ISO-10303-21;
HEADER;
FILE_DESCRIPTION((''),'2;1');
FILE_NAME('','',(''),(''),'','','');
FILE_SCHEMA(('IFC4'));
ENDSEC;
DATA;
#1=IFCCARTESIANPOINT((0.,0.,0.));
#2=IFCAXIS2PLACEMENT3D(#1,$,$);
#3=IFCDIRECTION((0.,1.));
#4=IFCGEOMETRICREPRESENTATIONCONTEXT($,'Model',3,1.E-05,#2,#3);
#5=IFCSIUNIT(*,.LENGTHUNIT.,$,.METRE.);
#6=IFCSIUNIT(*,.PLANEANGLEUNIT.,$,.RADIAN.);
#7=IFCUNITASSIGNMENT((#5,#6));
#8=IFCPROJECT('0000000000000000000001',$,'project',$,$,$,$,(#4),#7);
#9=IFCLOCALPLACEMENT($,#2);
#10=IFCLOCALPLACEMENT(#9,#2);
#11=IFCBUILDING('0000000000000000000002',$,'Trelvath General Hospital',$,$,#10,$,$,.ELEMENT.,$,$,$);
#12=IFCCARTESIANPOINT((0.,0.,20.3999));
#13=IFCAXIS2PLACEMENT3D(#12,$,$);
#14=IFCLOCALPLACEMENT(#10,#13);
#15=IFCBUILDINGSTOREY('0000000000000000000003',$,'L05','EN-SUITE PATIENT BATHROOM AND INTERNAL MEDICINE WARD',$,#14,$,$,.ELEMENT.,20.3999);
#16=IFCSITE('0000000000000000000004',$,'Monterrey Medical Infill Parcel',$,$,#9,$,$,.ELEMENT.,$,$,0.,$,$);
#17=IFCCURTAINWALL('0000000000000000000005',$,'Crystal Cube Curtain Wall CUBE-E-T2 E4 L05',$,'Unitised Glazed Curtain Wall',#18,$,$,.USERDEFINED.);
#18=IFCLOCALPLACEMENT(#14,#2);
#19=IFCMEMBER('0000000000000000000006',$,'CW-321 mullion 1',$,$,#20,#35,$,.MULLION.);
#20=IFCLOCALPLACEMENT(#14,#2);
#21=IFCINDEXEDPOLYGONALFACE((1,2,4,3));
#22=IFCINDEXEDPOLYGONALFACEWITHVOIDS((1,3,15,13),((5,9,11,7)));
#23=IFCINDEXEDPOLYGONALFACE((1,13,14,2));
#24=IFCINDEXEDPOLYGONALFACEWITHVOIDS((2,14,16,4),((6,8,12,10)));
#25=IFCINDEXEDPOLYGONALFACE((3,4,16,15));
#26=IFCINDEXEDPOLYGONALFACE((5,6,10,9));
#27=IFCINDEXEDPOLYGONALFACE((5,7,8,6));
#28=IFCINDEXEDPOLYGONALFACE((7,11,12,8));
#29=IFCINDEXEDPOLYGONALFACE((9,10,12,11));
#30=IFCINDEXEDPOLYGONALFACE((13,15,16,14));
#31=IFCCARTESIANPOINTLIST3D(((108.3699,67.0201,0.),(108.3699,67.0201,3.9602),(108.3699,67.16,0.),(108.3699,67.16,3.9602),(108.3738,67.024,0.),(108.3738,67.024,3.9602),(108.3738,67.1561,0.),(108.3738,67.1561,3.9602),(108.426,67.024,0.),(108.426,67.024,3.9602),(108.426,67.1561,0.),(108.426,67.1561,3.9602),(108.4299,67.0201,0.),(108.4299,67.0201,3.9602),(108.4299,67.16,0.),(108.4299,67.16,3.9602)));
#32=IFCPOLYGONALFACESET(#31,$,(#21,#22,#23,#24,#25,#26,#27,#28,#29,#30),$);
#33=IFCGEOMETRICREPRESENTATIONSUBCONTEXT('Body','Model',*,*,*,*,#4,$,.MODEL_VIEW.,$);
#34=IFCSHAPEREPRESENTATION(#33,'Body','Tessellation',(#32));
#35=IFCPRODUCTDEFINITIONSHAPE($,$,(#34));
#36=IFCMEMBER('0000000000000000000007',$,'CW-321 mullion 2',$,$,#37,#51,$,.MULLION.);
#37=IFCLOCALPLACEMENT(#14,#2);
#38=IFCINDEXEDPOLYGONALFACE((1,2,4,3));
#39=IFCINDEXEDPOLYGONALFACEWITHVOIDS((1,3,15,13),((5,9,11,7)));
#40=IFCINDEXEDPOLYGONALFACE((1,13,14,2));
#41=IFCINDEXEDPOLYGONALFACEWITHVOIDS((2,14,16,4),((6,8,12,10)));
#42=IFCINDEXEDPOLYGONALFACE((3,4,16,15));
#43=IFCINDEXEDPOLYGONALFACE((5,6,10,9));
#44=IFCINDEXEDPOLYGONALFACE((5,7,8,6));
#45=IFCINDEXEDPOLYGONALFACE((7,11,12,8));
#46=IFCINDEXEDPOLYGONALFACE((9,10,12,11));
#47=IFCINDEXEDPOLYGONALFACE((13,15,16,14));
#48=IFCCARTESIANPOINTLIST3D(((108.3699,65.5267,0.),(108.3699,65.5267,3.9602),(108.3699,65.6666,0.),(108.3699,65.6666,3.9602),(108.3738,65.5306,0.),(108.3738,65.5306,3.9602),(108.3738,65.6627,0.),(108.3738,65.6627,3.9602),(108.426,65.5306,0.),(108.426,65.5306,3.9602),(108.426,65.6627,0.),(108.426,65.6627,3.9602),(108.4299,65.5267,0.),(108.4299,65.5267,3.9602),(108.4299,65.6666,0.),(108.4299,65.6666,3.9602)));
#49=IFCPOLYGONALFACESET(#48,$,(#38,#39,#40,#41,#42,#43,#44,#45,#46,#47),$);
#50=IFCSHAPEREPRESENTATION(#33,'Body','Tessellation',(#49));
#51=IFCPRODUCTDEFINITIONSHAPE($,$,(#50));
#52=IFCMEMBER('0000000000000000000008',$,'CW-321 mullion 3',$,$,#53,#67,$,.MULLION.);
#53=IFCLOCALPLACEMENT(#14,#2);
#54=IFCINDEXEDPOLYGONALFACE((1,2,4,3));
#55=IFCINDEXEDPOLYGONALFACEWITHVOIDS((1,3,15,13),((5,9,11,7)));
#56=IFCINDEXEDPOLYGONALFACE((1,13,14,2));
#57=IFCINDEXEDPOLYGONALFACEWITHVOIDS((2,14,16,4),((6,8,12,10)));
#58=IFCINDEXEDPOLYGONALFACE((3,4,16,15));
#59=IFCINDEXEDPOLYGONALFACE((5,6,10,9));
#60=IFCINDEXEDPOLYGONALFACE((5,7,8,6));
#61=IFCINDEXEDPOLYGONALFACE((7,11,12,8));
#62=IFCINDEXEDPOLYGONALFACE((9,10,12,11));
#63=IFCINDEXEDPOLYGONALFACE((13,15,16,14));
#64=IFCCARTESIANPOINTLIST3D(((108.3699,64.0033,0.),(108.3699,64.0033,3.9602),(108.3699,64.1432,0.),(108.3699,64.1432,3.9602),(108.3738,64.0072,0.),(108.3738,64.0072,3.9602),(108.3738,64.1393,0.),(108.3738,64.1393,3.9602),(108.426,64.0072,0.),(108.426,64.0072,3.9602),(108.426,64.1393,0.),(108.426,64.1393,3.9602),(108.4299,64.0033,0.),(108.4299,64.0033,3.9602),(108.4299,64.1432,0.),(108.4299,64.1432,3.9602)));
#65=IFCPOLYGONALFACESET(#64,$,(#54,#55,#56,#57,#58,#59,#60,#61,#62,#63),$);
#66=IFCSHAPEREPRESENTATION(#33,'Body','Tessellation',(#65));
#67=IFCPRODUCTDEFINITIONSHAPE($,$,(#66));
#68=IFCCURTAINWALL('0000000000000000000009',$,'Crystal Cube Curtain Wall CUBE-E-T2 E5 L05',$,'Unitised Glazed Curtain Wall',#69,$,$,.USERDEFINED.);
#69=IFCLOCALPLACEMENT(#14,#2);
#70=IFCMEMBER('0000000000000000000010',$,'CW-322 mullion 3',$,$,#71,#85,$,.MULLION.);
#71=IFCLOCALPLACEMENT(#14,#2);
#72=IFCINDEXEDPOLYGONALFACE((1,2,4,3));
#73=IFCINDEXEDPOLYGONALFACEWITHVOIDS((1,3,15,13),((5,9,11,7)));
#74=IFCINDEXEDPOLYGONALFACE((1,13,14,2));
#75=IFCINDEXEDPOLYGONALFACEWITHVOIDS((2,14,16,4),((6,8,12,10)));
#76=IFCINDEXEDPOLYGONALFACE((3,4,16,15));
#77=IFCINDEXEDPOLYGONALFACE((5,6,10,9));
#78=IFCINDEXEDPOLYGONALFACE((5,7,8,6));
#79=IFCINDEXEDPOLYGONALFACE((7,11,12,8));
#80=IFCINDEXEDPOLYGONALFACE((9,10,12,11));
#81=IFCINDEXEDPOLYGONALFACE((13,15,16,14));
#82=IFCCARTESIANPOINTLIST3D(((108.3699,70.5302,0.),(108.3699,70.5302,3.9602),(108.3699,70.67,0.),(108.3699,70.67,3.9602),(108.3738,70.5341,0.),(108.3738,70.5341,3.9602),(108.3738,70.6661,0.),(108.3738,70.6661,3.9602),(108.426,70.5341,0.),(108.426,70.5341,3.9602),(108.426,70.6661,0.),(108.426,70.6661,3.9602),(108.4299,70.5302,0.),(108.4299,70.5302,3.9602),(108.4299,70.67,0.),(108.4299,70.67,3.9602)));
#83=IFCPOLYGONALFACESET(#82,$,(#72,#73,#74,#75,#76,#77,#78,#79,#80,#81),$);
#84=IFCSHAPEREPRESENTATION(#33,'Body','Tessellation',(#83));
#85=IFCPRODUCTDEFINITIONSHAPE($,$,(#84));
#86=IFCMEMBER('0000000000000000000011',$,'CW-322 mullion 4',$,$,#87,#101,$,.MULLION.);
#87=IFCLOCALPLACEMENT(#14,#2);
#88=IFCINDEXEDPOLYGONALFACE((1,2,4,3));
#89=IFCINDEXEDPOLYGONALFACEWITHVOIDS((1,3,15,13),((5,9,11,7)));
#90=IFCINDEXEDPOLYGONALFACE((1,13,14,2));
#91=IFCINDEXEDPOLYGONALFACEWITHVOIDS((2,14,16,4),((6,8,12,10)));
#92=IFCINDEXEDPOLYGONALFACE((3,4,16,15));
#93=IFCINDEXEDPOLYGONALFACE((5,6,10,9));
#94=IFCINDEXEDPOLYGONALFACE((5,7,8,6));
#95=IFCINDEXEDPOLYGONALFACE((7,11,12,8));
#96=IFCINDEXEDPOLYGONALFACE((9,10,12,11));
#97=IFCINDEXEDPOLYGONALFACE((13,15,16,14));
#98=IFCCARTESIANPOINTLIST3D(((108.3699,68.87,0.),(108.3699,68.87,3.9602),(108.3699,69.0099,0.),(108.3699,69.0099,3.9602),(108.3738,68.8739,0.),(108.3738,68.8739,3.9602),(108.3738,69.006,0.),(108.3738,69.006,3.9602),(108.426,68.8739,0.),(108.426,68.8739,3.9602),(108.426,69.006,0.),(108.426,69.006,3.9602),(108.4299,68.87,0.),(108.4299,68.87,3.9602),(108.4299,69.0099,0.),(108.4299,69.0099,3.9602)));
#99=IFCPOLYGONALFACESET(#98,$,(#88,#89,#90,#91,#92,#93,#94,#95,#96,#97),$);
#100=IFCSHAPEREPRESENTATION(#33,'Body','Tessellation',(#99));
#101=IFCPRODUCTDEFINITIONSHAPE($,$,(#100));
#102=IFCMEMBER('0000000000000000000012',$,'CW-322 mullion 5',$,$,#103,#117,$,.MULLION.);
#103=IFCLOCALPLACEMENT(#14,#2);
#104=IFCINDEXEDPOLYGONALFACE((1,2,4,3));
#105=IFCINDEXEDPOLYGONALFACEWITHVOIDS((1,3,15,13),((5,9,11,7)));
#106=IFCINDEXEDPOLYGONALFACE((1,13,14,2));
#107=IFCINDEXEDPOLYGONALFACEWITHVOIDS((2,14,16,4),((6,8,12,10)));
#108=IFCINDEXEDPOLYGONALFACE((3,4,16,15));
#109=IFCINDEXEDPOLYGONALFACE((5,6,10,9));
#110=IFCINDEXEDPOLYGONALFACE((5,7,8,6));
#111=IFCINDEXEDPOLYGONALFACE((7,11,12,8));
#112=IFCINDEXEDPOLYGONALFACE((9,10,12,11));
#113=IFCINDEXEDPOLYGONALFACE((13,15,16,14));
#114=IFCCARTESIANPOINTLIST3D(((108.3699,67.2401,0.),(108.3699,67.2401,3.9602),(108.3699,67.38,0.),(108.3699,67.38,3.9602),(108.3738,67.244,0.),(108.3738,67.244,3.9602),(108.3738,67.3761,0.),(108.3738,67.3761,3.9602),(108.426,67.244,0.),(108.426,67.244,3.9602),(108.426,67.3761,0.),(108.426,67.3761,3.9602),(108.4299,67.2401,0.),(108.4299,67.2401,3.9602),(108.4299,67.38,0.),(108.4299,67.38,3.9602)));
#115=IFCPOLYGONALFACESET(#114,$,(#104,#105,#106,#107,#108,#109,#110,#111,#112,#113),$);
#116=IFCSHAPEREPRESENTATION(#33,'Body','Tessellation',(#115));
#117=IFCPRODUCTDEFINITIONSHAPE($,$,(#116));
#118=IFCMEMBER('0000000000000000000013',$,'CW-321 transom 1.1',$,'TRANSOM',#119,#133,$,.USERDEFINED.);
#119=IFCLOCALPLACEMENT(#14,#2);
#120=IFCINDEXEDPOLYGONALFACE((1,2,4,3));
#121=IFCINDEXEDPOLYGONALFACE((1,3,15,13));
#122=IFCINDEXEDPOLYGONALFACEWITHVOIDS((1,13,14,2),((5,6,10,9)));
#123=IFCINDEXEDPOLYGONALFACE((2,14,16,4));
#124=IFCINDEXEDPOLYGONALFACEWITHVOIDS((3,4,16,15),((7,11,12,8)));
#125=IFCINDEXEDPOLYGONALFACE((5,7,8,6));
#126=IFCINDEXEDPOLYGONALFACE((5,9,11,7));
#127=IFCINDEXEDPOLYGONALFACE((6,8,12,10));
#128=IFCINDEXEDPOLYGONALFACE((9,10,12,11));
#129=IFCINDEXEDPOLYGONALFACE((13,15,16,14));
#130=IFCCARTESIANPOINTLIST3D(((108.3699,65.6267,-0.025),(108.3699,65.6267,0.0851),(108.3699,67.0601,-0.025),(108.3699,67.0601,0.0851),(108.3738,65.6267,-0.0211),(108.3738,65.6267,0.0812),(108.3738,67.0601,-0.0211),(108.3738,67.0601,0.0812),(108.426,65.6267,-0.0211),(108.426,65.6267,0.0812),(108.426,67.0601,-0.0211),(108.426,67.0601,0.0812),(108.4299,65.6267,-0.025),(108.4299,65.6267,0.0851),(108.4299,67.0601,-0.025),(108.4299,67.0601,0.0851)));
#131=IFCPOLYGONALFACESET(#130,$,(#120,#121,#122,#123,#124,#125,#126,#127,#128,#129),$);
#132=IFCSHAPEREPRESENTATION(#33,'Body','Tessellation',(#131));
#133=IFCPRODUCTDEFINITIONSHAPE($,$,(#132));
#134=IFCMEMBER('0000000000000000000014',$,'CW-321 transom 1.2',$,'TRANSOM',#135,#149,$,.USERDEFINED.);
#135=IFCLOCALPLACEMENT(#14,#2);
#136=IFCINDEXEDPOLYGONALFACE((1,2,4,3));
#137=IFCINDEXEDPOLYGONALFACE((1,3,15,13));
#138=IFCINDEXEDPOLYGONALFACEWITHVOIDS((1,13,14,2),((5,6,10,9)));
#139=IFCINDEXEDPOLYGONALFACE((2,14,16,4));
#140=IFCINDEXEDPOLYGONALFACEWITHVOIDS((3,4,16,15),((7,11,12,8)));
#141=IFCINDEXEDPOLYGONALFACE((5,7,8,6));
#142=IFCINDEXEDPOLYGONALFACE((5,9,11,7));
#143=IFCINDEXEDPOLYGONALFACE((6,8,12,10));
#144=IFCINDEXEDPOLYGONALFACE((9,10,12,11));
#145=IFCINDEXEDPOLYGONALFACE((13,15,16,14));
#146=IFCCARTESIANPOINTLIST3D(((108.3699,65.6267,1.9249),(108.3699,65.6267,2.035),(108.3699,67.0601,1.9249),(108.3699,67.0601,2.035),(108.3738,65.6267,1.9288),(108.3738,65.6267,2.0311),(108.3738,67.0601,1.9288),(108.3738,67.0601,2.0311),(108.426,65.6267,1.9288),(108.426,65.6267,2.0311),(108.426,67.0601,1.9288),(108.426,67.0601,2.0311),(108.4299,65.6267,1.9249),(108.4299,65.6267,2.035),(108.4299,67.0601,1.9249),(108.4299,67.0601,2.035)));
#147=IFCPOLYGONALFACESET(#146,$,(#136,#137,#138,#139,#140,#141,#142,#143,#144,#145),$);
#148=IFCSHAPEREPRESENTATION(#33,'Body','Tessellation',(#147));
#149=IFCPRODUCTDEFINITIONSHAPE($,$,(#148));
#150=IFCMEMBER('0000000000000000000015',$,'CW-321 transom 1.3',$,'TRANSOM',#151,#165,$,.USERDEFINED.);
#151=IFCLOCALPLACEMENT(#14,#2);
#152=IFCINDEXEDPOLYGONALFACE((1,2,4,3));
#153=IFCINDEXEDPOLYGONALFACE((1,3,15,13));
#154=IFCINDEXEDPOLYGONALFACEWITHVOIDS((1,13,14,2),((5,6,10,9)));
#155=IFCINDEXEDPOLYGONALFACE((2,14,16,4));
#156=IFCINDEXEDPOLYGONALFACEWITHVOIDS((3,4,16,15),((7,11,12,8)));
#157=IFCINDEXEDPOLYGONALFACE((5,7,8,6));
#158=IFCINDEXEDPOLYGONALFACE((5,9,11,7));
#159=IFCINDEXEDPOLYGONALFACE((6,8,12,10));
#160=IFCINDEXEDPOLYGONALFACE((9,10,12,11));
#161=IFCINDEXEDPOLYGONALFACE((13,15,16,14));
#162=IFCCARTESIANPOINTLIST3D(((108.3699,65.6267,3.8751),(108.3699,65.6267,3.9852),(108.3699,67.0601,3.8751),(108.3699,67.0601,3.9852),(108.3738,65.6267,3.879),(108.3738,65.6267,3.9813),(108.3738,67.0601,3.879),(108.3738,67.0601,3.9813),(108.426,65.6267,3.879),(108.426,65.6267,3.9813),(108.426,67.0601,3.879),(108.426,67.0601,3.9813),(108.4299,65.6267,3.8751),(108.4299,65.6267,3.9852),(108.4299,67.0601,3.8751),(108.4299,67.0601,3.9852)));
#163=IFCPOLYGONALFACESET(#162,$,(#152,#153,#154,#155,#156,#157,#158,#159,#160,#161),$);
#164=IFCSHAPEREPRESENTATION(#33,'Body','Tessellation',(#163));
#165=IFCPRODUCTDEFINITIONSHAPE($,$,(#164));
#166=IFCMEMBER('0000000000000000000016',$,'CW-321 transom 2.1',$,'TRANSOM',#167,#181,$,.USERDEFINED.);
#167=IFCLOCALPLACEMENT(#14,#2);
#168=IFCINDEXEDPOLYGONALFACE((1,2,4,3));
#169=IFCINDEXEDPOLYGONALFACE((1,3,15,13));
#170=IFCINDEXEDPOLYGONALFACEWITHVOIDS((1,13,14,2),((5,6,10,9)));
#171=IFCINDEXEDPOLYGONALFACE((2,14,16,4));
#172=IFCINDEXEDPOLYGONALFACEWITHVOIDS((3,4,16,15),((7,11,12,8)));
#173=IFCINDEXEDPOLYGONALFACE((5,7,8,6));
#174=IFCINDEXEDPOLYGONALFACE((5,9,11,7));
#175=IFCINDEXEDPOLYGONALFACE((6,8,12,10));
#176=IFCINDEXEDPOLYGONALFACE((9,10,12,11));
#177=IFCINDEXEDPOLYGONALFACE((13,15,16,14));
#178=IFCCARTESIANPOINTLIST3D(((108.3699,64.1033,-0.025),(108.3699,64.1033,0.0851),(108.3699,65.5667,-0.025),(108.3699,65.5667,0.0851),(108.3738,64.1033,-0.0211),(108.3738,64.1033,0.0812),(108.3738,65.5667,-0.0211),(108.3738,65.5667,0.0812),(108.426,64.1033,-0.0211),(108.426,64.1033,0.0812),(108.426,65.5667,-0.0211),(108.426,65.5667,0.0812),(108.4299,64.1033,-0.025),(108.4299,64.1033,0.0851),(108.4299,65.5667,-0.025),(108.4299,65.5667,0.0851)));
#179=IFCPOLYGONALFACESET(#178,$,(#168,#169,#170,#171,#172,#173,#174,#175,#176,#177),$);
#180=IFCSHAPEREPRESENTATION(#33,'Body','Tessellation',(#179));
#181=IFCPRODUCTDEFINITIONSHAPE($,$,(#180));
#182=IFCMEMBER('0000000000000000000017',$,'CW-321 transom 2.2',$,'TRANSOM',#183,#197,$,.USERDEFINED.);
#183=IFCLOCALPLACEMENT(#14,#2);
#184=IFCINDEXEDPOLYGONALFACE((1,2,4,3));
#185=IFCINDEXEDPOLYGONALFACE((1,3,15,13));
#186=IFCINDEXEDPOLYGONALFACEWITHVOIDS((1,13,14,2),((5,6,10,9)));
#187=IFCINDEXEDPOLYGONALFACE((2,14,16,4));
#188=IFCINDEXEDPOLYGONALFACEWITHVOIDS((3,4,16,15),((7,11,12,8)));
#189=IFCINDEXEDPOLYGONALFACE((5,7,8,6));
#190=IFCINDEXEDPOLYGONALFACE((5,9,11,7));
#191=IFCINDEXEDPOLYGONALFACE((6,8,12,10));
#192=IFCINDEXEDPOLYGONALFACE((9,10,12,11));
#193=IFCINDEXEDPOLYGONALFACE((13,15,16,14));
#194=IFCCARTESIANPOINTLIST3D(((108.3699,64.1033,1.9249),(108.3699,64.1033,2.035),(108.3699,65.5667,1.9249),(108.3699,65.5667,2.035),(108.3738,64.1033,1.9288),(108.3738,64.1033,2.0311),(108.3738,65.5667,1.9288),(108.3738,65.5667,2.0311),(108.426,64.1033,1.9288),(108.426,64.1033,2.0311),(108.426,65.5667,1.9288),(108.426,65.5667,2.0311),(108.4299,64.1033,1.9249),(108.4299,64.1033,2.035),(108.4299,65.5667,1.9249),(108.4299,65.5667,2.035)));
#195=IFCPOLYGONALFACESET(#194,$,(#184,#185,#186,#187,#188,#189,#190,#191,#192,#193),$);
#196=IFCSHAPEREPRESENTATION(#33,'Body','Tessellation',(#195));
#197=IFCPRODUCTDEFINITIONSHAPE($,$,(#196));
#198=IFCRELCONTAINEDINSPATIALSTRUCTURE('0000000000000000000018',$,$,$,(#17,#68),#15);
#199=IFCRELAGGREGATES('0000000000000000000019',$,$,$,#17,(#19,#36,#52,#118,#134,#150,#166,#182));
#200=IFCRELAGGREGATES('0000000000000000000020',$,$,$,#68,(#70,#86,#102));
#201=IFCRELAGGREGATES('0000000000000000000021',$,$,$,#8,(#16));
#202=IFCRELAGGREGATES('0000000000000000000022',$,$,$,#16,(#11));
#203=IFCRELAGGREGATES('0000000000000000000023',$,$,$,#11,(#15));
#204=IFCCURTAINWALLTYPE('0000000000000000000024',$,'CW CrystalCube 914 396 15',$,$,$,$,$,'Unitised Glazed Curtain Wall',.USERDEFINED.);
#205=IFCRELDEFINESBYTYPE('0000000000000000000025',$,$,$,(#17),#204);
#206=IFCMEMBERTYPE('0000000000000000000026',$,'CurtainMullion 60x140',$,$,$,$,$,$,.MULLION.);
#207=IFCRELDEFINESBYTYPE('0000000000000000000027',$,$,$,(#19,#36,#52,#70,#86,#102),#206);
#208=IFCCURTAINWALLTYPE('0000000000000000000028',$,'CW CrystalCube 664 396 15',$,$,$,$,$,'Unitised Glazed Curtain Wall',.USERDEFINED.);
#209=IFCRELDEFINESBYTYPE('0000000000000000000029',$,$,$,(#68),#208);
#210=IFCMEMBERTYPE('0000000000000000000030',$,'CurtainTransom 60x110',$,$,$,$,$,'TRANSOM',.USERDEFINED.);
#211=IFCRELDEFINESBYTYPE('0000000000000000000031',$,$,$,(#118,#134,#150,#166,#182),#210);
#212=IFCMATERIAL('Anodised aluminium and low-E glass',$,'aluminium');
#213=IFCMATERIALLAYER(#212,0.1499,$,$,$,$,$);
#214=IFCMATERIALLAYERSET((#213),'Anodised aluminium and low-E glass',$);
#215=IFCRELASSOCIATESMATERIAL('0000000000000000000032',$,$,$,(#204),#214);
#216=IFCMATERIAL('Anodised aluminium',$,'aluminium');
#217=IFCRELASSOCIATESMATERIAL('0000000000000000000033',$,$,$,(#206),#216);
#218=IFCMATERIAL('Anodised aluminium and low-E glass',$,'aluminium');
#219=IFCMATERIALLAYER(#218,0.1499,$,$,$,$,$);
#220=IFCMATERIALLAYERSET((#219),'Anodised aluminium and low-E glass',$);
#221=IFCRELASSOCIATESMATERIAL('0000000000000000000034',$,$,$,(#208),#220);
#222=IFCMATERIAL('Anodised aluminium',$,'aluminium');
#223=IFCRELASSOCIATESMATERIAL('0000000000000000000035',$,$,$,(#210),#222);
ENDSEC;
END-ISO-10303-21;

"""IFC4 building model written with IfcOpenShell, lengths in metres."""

from ifc_helpers import new_model, si_unit, direction, frame, origin, origin_2d, place, context, subcontext, project, spatial, hollow_rectangle, extrude, material, layer, layer_set, material_profile, profile_set, type_object, element, aggregate, save


model = new_model("IFC4")

# Units and contexts
model_context = context("Model", 3, precision=1e-05, world=origin(), true_north=direction((0.0, 1.0)))
body_context = subcontext(model_context, "Body", "Model", "MODEL_VIEW")
ifc_project = project(units=[si_unit("LENGTHUNIT", "METRE"), si_unit("PLANEANGLEUNIT", "RADIAN")], contexts=[model_context])

# Site, building, storey
site_placement = place(None, origin())
site = spatial("IfcSite", under=ifc_project, at=site_placement, Name="Monterrey Medical Infill Parcel", CompositionType="ELEMENT", RefElevation=0.0)
building_placement = place(site_placement, origin())
building = spatial("IfcBuilding", under=site, at=building_placement, Name="Trelvath General Hospital", CompositionType="ELEMENT")
storey_placement = place(building_placement, frame((0.0, 0.0, 20.3999)))
storey = spatial("IfcBuildingStorey", under=building, at=storey_placement, Name="L05", Description="EN-SUITE PATIENT BATHROOM AND INTERNAL MEDICINE WARD", CompositionType="ELEMENT", Elevation=20.3999)

# Curtain walls, members
ifc_material_1 = material(Name="Anodised aluminium and low-E glass", Category="aluminium")
ifc_layer_1 = layer(ifc_material_1, 0.1499)
ifc_layer_set_1 = layer_set([ifc_layer_1], Name="Anodised aluminium and low-E glass")
curtain_wall_type_1 = type_object("IfcCurtainWallType", Name="CW CrystalCube 914 396 15", ElementType="Unitised Glazed Curtain Wall", PredefinedType="USERDEFINED", material=ifc_layer_set_1)
curtain_wall_1_placement = place(storey_placement, origin())
curtain_wall_1 = element("IfcCurtainWall", 1, at=curtain_wall_1_placement, inside=storey, type_object=curtain_wall_type_1, Name="Crystal Cube Curtain Wall CUBE-E-T2 E4 L05", ObjectType="Unitised Glazed Curtain Wall", PredefinedType="USERDEFINED")
ifc_material_2 = material(Name="Anodised aluminium", Category="aluminium")
ifc_material_profile_1 = material_profile(ifc_material_2, hollow_rectangle(XDim=0.0601, YDim=0.1399, WallThickness=0.0039, at=origin_2d()), Name="RHS60x140x4")
ifc_profile_set_1 = profile_set([ifc_material_profile_1], Name="Anodised aluminium")
member_type_1 = type_object("IfcMemberType", Name="CurtainMullion 60x140", PredefinedType="MULLION", material=ifc_profile_set_1)
member_1_placement = place(storey_placement, frame((108.3999, 67.0901, 0.0), z_axis=(0.0, 0.0, 1.0), x_axis=(1.0, 0.0, 0.0)))
member_1 = element("IfcMember", 2, at=member_1_placement, type_object=member_type_1, Name="CW-321 mullion 1", PredefinedType="MULLION", context=body_context, shape_type="SweptSolid", body=[
    extrude(hollow_rectangle(XDim=0.0601, YDim=0.1399, WallThickness=0.0039, at=origin_2d()), origin(), (0.0, 0.0, 1.0), 3.9602),
])
member_2_placement = place(storey_placement, frame((108.3999, 65.5967, 0.0), z_axis=(0.0, 0.0, 1.0), x_axis=(1.0, 0.0, 0.0)))
member_2 = element("IfcMember", 3, at=member_2_placement, type_object=member_type_1, Name="CW-321 mullion 2", PredefinedType="MULLION", context=body_context, shape_type="SweptSolid", body=[
    extrude(hollow_rectangle(XDim=0.0601, YDim=0.1399, WallThickness=0.0039, at=origin_2d()), origin(), (0.0, 0.0, 1.0), 3.9602),
])
member_3_placement = place(storey_placement, frame((108.3999, 64.0732, 0.0), z_axis=(0.0, 0.0, 1.0), x_axis=(1.0, 0.0, 0.0)))
member_3 = element("IfcMember", 4, at=member_3_placement, type_object=member_type_1, Name="CW-321 mullion 3", PredefinedType="MULLION", context=body_context, shape_type="SweptSolid", body=[
    extrude(hollow_rectangle(XDim=0.0601, YDim=0.1399, WallThickness=0.0039, at=origin_2d()), origin(), (0.0, 0.0, 1.0), 3.9602),
])
ifc_material_3 = material(Name="Anodised aluminium and low-E glass", Category="aluminium")
ifc_layer_2 = layer(ifc_material_3, 0.1499)
ifc_layer_set_2 = layer_set([ifc_layer_2], Name="Anodised aluminium and low-E glass")
curtain_wall_type_2 = type_object("IfcCurtainWallType", Name="CW CrystalCube 664 396 15", ElementType="Unitised Glazed Curtain Wall", PredefinedType="USERDEFINED", material=ifc_layer_set_2)
curtain_wall_2_placement = place(storey_placement, origin())
curtain_wall_2 = element("IfcCurtainWall", 5, at=curtain_wall_2_placement, inside=storey, type_object=curtain_wall_type_2, Name="Crystal Cube Curtain Wall CUBE-E-T2 E5 L05", ObjectType="Unitised Glazed Curtain Wall", PredefinedType="USERDEFINED")
member_4_placement = place(storey_placement, frame((108.3999, 70.6001, 0.0), z_axis=(0.0, 0.0, 1.0), x_axis=(1.0, 0.0, 0.0)))
member_4 = element("IfcMember", 6, at=member_4_placement, type_object=member_type_1, Name="CW-322 mullion 3", PredefinedType="MULLION", context=body_context, shape_type="SweptSolid", body=[
    extrude(hollow_rectangle(XDim=0.0601, YDim=0.1399, WallThickness=0.0039, at=origin_2d()), origin(), (0.0, 0.0, 1.0), 3.9602),
])
member_5_placement = place(storey_placement, frame((108.3999, 68.9399, 0.0), z_axis=(0.0, 0.0, 1.0), x_axis=(1.0, 0.0, 0.0)))
member_5 = element("IfcMember", 7, at=member_5_placement, type_object=member_type_1, Name="CW-322 mullion 4", PredefinedType="MULLION", context=body_context, shape_type="SweptSolid", body=[
    extrude(hollow_rectangle(XDim=0.0601, YDim=0.1399, WallThickness=0.0039, at=origin_2d()), origin(), (0.0, 0.0, 1.0), 3.9602),
])
member_6_placement = place(storey_placement, frame((108.3999, 67.3101, 0.0), z_axis=(0.0, 0.0, 1.0), x_axis=(1.0, 0.0, 0.0)))
member_6 = element("IfcMember", 8, at=member_6_placement, type_object=member_type_1, Name="CW-322 mullion 5", PredefinedType="MULLION", context=body_context, shape_type="SweptSolid", body=[
    extrude(hollow_rectangle(XDim=0.0601, YDim=0.1399, WallThickness=0.0039, at=origin_2d()), origin(), (0.0, 0.0, 1.0), 3.9602),
])

# Members
ifc_material_4 = material(Name="Anodised aluminium", Category="aluminium")
ifc_material_profile_2 = material_profile(ifc_material_4, hollow_rectangle(XDim=0.0601, YDim=0.1101, WallThickness=0.0039, at=origin_2d()), Name="RHS60x110x4")
ifc_profile_set_2 = profile_set([ifc_material_profile_2], Name="Anodised aluminium")
member_type_2 = type_object("IfcMemberType", Name="CurtainTransom 60x110", ElementType="TRANSOM", PredefinedType="USERDEFINED", material=ifc_profile_set_2)
member_7_placement = place(storey_placement, frame((108.3999, 67.0601, 0.03), z_axis=(0.0, -1.0, 0.0), x_axis=(1.0, 0.0, 0.0)))
member_7 = element("IfcMember", 9, at=member_7_placement, type_object=member_type_2, Name="CW-321 transom 1.1", ObjectType="TRANSOM", PredefinedType="USERDEFINED", context=body_context, shape_type="SweptSolid", body=[
    extrude(hollow_rectangle(XDim=0.0601, YDim=0.1101, WallThickness=0.0039, at=origin_2d()), origin(), (0.0, 0.0, 1.0), 1.4333),
])
member_8_placement = place(storey_placement, frame((108.3999, 67.0601, 1.98), z_axis=(0.0, -1.0, 0.0), x_axis=(1.0, 0.0, 0.0)))
member_8 = element("IfcMember", 10, at=member_8_placement, type_object=member_type_2, Name="CW-321 transom 1.2", ObjectType="TRANSOM", PredefinedType="USERDEFINED", context=body_context, shape_type="SweptSolid", body=[
    extrude(hollow_rectangle(XDim=0.0601, YDim=0.1101, WallThickness=0.0039, at=origin_2d()), origin(), (0.0, 0.0, 1.0), 1.4333),
])
member_9_placement = place(storey_placement, frame((108.3999, 67.0601, 3.9302), z_axis=(0.0, -1.0, 0.0), x_axis=(1.0, 0.0, 0.0)))
member_9 = element("IfcMember", 11, at=member_9_placement, type_object=member_type_2, Name="CW-321 transom 1.3", ObjectType="TRANSOM", PredefinedType="USERDEFINED", context=body_context, shape_type="SweptSolid", body=[
    extrude(hollow_rectangle(XDim=0.0601, YDim=0.1101, WallThickness=0.0039, at=origin_2d()), origin(), (0.0, 0.0, 1.0), 1.4333),
])
member_10_placement = place(storey_placement, frame((108.3999, 65.5667, 0.03), z_axis=(0.0, -1.0, 0.0), x_axis=(1.0, 0.0, 0.0)))
member_10 = element("IfcMember", 12, at=member_10_placement, type_object=member_type_2, Name="CW-321 transom 2.1", ObjectType="TRANSOM", PredefinedType="USERDEFINED", context=body_context, shape_type="SweptSolid", body=[
    extrude(hollow_rectangle(XDim=0.0601, YDim=0.1101, WallThickness=0.0039, at=origin_2d()), origin(), (0.0, 0.0, 1.0), 1.4634),
])
member_11_placement = place(storey_placement, frame((108.3999, 65.5667, 1.98), z_axis=(0.0, -1.0, 0.0), x_axis=(1.0, 0.0, 0.0)))
member_11 = element("IfcMember", 13, at=member_11_placement, type_object=member_type_2, Name="CW-321 transom 2.2", ObjectType="TRANSOM", PredefinedType="USERDEFINED", context=body_context, shape_type="SweptSolid", body=[
    extrude(hollow_rectangle(XDim=0.0601, YDim=0.1101, WallThickness=0.0039, at=origin_2d()), origin(), (0.0, 0.0, 1.0), 1.4634),
])

aggregate(curtain_wall_1, [member_1, member_2, member_3, member_7, member_8, member_9, member_10, member_11])
aggregate(curtain_wall_2, [member_4, member_5, member_6])

save(model, "model.ifc")
